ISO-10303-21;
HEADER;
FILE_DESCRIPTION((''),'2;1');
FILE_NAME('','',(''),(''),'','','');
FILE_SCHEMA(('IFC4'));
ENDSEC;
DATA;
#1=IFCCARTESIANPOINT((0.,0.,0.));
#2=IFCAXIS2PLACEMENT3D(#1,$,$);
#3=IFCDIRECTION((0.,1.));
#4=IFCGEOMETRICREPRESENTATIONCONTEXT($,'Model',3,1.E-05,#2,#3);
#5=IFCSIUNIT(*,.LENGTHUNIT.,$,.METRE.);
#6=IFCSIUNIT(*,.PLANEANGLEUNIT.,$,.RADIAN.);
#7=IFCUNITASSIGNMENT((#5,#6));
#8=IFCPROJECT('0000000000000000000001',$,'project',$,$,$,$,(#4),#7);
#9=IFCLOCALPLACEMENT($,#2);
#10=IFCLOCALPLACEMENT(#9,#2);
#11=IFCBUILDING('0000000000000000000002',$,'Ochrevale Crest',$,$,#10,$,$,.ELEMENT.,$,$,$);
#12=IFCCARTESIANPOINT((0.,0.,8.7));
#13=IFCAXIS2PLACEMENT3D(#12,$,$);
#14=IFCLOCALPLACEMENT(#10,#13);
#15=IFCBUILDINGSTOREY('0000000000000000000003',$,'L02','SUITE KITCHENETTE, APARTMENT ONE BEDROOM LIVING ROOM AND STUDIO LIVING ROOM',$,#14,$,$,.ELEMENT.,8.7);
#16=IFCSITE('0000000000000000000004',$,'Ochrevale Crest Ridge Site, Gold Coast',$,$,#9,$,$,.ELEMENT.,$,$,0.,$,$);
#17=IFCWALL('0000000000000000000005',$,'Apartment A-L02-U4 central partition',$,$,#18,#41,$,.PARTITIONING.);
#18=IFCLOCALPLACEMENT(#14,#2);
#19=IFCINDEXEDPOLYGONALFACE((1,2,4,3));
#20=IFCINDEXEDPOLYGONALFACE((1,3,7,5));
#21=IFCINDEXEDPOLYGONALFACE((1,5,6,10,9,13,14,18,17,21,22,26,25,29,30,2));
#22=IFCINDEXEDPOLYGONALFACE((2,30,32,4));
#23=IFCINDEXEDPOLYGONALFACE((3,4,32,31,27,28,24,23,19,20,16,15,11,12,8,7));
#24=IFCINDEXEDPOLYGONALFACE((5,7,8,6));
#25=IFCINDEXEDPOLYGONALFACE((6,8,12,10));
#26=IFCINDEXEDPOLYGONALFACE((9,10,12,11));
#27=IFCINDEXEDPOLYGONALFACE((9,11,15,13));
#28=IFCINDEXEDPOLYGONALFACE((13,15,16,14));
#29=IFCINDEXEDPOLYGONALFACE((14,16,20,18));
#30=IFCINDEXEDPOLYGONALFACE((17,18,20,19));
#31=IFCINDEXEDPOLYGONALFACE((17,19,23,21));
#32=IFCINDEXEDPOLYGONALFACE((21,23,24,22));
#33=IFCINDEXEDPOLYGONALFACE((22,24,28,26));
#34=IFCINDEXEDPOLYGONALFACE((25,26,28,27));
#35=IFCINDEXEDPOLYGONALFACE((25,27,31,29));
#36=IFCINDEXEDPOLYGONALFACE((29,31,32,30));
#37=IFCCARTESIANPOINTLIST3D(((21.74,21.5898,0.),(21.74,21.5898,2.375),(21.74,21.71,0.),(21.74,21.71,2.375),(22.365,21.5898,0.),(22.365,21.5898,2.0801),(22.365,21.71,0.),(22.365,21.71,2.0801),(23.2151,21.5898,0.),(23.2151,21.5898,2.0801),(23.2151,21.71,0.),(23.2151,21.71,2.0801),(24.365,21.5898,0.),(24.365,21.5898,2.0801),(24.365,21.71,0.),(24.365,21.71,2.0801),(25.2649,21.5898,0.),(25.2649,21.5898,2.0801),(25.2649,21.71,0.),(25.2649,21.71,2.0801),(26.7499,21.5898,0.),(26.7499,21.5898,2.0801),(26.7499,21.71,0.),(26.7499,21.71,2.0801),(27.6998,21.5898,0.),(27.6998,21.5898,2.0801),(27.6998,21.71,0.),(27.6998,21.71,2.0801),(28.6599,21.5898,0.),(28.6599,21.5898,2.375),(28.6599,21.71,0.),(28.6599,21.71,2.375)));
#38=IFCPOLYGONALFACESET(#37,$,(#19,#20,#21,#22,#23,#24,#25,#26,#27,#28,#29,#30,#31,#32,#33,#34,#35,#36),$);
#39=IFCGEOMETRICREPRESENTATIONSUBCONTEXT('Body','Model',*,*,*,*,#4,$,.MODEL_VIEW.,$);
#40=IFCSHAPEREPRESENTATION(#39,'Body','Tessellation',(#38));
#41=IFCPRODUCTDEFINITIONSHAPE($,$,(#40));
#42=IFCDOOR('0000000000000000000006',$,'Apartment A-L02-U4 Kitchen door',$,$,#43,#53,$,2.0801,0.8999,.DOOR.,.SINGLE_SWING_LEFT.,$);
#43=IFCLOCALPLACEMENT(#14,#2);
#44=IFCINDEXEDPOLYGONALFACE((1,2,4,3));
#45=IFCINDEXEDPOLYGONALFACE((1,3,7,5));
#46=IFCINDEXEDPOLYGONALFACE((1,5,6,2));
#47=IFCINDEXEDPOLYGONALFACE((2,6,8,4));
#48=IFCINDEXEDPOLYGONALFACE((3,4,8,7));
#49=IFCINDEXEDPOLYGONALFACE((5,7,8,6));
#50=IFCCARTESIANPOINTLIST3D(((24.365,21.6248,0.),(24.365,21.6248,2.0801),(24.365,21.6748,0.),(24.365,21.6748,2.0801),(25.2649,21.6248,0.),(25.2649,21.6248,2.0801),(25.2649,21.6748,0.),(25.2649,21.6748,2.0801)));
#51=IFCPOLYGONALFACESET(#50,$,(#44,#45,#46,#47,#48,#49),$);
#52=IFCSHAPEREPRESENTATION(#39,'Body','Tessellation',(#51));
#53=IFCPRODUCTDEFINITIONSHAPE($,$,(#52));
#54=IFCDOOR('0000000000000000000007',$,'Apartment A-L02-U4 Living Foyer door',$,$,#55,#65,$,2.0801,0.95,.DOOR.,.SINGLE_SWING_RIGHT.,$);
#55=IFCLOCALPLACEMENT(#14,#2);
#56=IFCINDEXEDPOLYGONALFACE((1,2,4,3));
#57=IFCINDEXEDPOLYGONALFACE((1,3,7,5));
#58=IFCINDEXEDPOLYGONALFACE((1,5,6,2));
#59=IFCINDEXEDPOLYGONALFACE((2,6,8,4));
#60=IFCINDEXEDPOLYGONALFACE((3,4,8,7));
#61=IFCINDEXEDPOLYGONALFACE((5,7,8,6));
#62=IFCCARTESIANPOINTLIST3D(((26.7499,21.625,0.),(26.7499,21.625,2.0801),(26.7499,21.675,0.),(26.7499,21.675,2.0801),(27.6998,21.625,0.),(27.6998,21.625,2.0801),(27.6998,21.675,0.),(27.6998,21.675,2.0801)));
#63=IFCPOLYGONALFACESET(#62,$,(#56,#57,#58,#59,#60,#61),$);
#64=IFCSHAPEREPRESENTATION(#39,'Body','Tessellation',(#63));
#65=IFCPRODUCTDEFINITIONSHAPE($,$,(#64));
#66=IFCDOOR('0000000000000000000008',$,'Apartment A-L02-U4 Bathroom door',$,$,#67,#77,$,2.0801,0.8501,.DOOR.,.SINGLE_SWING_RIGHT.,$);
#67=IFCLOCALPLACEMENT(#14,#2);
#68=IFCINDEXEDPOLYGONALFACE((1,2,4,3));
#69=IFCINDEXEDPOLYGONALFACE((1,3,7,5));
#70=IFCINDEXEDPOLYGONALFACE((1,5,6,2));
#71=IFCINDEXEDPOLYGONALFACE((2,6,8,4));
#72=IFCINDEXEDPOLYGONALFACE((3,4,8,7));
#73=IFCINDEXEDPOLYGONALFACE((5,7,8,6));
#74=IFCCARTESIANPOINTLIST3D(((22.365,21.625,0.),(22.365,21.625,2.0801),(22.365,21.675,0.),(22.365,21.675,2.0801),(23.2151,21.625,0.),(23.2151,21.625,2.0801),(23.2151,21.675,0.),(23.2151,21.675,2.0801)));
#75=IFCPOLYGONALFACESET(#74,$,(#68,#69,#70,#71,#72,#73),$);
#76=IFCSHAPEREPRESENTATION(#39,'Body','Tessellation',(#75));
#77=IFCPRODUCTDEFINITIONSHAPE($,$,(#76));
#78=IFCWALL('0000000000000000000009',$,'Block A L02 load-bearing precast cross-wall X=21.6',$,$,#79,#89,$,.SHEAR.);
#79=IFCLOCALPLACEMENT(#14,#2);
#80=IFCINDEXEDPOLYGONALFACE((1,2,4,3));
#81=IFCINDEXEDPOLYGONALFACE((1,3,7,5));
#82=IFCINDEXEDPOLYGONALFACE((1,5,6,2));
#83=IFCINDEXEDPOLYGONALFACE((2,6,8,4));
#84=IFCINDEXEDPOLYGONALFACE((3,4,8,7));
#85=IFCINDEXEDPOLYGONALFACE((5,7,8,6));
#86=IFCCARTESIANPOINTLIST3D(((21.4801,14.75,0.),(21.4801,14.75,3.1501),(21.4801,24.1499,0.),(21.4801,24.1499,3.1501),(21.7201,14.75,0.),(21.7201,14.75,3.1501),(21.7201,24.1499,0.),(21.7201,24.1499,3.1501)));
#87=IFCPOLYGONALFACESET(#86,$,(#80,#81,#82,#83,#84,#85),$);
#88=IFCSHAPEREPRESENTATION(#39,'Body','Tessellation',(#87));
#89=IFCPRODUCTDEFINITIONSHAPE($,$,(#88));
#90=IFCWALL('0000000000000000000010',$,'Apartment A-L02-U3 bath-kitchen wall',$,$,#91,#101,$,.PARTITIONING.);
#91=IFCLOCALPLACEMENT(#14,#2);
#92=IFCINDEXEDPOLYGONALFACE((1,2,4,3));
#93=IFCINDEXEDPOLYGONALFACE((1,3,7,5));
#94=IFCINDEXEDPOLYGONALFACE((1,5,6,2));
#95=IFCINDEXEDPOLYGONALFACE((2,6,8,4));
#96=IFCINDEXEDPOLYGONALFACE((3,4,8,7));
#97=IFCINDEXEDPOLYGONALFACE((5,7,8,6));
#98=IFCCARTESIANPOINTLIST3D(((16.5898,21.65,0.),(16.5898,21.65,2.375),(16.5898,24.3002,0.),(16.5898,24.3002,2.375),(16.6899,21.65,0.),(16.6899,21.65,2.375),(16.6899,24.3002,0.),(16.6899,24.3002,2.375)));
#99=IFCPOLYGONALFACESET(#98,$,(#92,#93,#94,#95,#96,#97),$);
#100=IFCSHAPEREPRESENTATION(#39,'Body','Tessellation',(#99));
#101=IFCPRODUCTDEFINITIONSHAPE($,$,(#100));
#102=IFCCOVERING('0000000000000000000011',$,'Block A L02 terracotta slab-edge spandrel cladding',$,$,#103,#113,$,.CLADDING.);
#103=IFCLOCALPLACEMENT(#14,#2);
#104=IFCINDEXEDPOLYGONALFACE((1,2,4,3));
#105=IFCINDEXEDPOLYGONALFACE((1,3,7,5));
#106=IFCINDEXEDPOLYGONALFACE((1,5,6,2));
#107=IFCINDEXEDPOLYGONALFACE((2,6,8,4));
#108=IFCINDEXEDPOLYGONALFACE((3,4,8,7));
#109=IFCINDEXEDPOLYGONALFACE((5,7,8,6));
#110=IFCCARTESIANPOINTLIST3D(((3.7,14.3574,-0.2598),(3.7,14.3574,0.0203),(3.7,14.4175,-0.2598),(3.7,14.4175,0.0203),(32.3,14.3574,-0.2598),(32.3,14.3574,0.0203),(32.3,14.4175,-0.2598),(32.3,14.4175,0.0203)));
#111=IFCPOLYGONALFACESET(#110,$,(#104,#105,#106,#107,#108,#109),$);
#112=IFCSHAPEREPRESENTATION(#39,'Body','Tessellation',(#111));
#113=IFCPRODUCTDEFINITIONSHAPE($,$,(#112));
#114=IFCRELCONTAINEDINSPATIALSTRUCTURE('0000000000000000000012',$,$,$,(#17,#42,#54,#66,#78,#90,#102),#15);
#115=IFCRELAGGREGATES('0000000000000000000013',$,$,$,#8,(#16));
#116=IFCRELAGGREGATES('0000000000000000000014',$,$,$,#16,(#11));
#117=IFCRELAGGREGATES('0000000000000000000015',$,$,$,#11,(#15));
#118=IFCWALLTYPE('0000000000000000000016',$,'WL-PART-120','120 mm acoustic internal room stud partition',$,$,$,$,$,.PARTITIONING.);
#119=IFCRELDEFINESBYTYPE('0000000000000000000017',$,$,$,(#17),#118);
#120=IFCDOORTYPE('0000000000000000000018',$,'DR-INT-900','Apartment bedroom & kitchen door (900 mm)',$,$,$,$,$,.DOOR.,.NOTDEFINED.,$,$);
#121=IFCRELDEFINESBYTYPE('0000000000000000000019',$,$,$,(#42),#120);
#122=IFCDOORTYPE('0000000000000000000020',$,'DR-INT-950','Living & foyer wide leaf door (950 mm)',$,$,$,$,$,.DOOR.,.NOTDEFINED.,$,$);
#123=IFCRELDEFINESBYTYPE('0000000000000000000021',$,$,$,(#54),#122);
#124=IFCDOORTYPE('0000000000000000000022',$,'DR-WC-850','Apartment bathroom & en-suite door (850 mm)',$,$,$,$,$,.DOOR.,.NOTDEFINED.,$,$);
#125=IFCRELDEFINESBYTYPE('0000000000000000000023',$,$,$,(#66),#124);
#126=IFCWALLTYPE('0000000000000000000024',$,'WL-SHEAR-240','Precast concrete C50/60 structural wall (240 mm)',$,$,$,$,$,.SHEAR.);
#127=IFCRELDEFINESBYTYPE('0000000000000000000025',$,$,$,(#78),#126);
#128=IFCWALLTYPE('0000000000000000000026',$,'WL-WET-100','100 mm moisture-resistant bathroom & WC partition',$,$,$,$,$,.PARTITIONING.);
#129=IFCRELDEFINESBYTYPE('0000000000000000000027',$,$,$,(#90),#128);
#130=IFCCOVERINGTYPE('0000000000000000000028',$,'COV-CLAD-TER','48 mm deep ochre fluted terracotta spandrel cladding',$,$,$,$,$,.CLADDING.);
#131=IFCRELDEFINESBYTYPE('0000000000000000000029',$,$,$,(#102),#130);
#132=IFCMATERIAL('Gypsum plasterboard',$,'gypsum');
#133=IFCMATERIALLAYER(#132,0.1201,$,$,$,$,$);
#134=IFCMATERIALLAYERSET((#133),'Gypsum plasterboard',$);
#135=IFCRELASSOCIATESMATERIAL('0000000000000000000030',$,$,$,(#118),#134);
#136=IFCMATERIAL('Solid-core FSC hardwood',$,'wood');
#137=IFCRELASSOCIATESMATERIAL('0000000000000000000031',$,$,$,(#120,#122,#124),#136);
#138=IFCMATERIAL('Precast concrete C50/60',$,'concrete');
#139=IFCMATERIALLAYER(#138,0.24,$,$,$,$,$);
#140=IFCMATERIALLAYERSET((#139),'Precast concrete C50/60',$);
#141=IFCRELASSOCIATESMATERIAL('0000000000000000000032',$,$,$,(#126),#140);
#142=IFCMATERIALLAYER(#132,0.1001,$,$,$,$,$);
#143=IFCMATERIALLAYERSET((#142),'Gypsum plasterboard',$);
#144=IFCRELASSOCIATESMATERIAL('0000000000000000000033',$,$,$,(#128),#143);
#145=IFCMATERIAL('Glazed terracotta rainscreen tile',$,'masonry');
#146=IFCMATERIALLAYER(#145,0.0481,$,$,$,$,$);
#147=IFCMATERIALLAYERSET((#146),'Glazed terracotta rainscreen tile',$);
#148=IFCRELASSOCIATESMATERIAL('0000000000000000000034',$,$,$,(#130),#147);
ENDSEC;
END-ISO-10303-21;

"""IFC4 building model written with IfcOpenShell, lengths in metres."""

from ifc_helpers import new_model, si_unit, direction, frame, frame_2d, origin, origin_2d, place, context, subcontext, project, spatial, rectangle, extrude, material, layer, layer_set, type_object, element, fill, save


model = new_model("IFC4")

# Units and contexts
model_context = context("Model", 3, precision=1e-05, world=origin(), true_north=direction((0.0, 1.0)))
body_context = subcontext(model_context, "Body", "Model", "MODEL_VIEW")
ifc_project = project(units=[si_unit("LENGTHUNIT", "METRE"), si_unit("PLANEANGLEUNIT", "RADIAN")], contexts=[model_context])

# Site, building, storey
site_placement = place(None, origin())
site = spatial("IfcSite", under=ifc_project, at=site_placement, Name="Ochrevale Crest Ridge Site, Gold Coast", CompositionType="ELEMENT", RefElevation=0.0)
building_placement = place(site_placement, origin())
building = spatial("IfcBuilding", under=site, at=building_placement, Name="Ochrevale Crest", CompositionType="ELEMENT")
storey_placement = place(building_placement, frame((0.0, 0.0, 8.7)))
storey = spatial("IfcBuildingStorey", under=building, at=storey_placement, Name="L02", Description="SUITE KITCHENETTE, APARTMENT ONE BEDROOM LIVING ROOM AND STUDIO LIVING ROOM", CompositionType="ELEMENT", Elevation=8.7)

# Shared definitions
ifc_material_1 = material(Name="Precast concrete C50/60", Category="concrete")

# Shared definitions
ifc_material_2 = material(Name="Gypsum plasterboard", Category="gypsum")
ifc_layer_1 = layer(ifc_material_2, 0.1201)
ifc_layer_set_1 = layer_set([ifc_layer_1], Name="Gypsum plasterboard")
wall_type_1 = type_object("IfcWallType", Name="WL-PART-120", Description="120 mm acoustic internal room stud partition", PredefinedType="PARTITIONING", material=ifc_layer_set_1)

# Shared definitions
ifc_material_3 = material(Name="Solid-core FSC hardwood", Category="wood")
door_type_1 = type_object("IfcDoorType", Name="DR-INT-900", Description="Apartment bedroom & kitchen door (900 mm)", OperationType="NOTDEFINED", PredefinedType="DOOR", material=ifc_material_3)

# Wall, openings, doors
wall_1_placement = place(storey_placement, frame((21.74, 21.6499, 0.0), z_axis=(0.0, 0.0, 1.0), x_axis=(1.0, 0.0, 0.0)))
wall_1 = element("IfcWall", 1, at=wall_1_placement, inside=storey, type_object=wall_type_1, Name="Apartment A-L02-U4 central partition", PredefinedType="PARTITIONING", context=body_context, shape_type="SweptSolid", body=[
    extrude(rectangle(XDim=6.9199, YDim=0.1201, at=frame_2d((3.46, 0.0))), origin(), (0.0, 0.0, 1.0), 2.375),
])
opening_1_placement = place(wall_1_placement, frame((1.4751, 0.0, 0.0), z_axis=(0.0, 0.0, 1.0), x_axis=(-1.0, 0.0, 0.0)))
opening_1 = element("IfcOpeningElement", 2, at=opening_1_placement, cuts=wall_1, PredefinedType="OPENING", context=body_context, shape_type="SweptSolid", body=[
    extrude(rectangle(XDim=0.8501, YDim=2.0801, at=frame_2d((0.425, 1.04))), frame((0.0, 0.0701, 0.0), z_axis=(0.0, -1.0, 0.0), x_axis=(1.0, 0.0, 0.0)), (0.0, 0.0, 1.0), 0.1401),
])
opening_2_placement = place(wall_1_placement, frame((2.625, 0.0, 0.0)))
opening_2 = element("IfcOpeningElement", 3, at=opening_2_placement, cuts=wall_1, PredefinedType="OPENING", context=body_context, shape_type="SweptSolid", body=[
    extrude(rectangle(XDim=0.8999, YDim=2.0801, at=frame_2d((0.45, 1.04))), frame((0.0, 0.0701, 0.0), z_axis=(0.0, -1.0, 0.0), x_axis=(1.0, 0.0, 0.0)), (0.0, 0.0, 1.0), 0.1401),
])
opening_3_placement = place(wall_1_placement, frame((5.96, 0.0, 0.0), z_axis=(0.0, 0.0, 1.0), x_axis=(-1.0, 0.0, 0.0)))
opening_3 = element("IfcOpeningElement", 4, at=opening_3_placement, cuts=wall_1, PredefinedType="OPENING", context=body_context, shape_type="SweptSolid", body=[
    extrude(rectangle(XDim=0.95, YDim=2.0801, at=frame_2d((0.4751, 1.04))), frame((0.0, 0.0701, 0.0), z_axis=(0.0, -1.0, 0.0), x_axis=(1.0, 0.0, 0.0)), (0.0, 0.0, 1.0), 0.1401),
])
door_1_placement = place(opening_2_placement, origin())
door_1 = element("IfcDoor", 5, at=door_1_placement, inside=storey, type_object=door_type_1, Name="Apartment A-L02-U4 Kitchen door", OperationType="SINGLE_SWING_LEFT", OverallHeight=2.0801, OverallWidth=0.8999, PredefinedType="DOOR", context=body_context, shape_type="SweptSolid", body=[
    extrude(rectangle(XDim=0.8999, YDim=2.0801, at=frame_2d((0.45, 1.04))), frame((0.0, 0.0249, 0.0), z_axis=(0.0, -1.0, 0.0), x_axis=(1.0, 0.0, 0.0)), (0.0, 0.0, 1.0), 0.05),
])
fill(opening_2, door_1)
door_type_2 = type_object("IfcDoorType", Name="DR-INT-950", Description="Living & foyer wide leaf door (950 mm)", OperationType="NOTDEFINED", PredefinedType="DOOR", material=ifc_material_3)
door_2_placement = place(opening_3_placement, origin())
door_2 = element("IfcDoor", 6, at=door_2_placement, inside=storey, type_object=door_type_2, Name="Apartment A-L02-U4 Living Foyer door", OperationType="SINGLE_SWING_RIGHT", OverallHeight=2.0801, OverallWidth=0.95, PredefinedType="DOOR", context=body_context, shape_type="SweptSolid", body=[
    extrude(rectangle(XDim=0.95, YDim=2.0801, at=frame_2d((0.4751, 1.04))), frame((0.0, 0.0249, 0.0), z_axis=(0.0, -1.0, 0.0), x_axis=(1.0, 0.0, 0.0)), (0.0, 0.0, 1.0), 0.05),
])
fill(opening_3, door_2)
door_type_3 = type_object("IfcDoorType", Name="DR-WC-850", Description="Apartment bathroom & en-suite door (850 mm)", OperationType="NOTDEFINED", PredefinedType="DOOR", material=ifc_material_3)
door_3_placement = place(opening_1_placement, origin())
door_3 = element("IfcDoor", 7, at=door_3_placement, inside=storey, type_object=door_type_3, Name="Apartment A-L02-U4 Bathroom door", OperationType="SINGLE_SWING_RIGHT", OverallHeight=2.0801, OverallWidth=0.8501, PredefinedType="DOOR", context=body_context, shape_type="SweptSolid", body=[
    extrude(rectangle(XDim=0.8501, YDim=2.0801, at=frame_2d((0.425, 1.04))), frame((0.0, 0.0249, 0.0), z_axis=(0.0, -1.0, 0.0), x_axis=(1.0, 0.0, 0.0)), (0.0, 0.0, 1.0), 0.05),
])
fill(opening_1, door_3)

# Walls
ifc_layer_2 = layer(ifc_material_1, 0.24)
ifc_layer_set_2 = layer_set([ifc_layer_2], Name="Precast concrete C50/60")
wall_type_2 = type_object("IfcWallType", Name="WL-SHEAR-240", Description="Precast concrete C50/60 structural wall (240 mm)", PredefinedType="SHEAR", material=ifc_layer_set_2)
wall_2_placement = place(storey_placement, frame((21.6001, 14.75, 0.0), z_axis=(0.0, 0.0, 1.0), x_axis=(0.0, 1.0, 0.0)))
element("IfcWall", 8, at=wall_2_placement, inside=storey, type_object=wall_type_2, Name="Block A L02 load-bearing precast cross-wall X=21.6", PredefinedType="SHEAR", context=body_context, shape_type="SweptSolid", body=[
    extrude(rectangle(XDim=9.3999, YDim=0.24, at=frame_2d((4.7, 0.0))), origin(), (0.0, 0.0, 1.0), 3.1501),
])
ifc_layer_3 = layer(ifc_material_2, 0.1001)
ifc_layer_set_3 = layer_set([ifc_layer_3], Name="Gypsum plasterboard")
wall_type_3 = type_object("IfcWallType", Name="WL-WET-100", Description="100 mm moisture-resistant bathroom & WC partition", PredefinedType="PARTITIONING", material=ifc_layer_set_3)
wall_3_placement = place(storey_placement, frame((16.6399, 21.6499, 0.0), z_axis=(0.0, 0.0, 1.0), x_axis=(0.0, 1.0, 0.0)))
element("IfcWall", 9, at=wall_3_placement, inside=storey, type_object=wall_type_3, Name="Apartment A-L02-U3 bath-kitchen wall", PredefinedType="PARTITIONING", context=body_context, shape_type="SweptSolid", body=[
    extrude(rectangle(XDim=2.6501, YDim=0.1001, at=frame_2d((1.3252, 0.0))), origin(), (0.0, 0.0, 1.0), 2.375),
])

# Covering
ifc_material_4 = material(Name="Glazed terracotta rainscreen tile", Category="masonry")
ifc_layer_4 = layer(ifc_material_4, 0.0481)
ifc_layer_set_4 = layer_set([ifc_layer_4], Name="Glazed terracotta rainscreen tile")
covering_type = type_object("IfcCoveringType", Name="COV-CLAD-TER", Description="48 mm deep ochre fluted terracotta spandrel cladding", PredefinedType="CLADDING", material=ifc_layer_set_4)
covering_placement = place(storey_placement, frame((18.0, 14.3875, -0.2598), z_axis=(0.0, 0.0, 1.0), x_axis=(1.0, 0.0, 0.0)))
element("IfcCovering", 10, at=covering_placement, inside=storey, type_object=covering_type, Name="Block A L02 terracotta slab-edge spandrel cladding", PredefinedType="CLADDING", context=body_context, shape_type="SweptSolid", body=[
    extrude(rectangle(XDim=28.6001, YDim=0.0601, at=origin_2d()), origin(), (0.0, 0.0, 1.0), 0.28),
])

save(model, "model.ifc")
